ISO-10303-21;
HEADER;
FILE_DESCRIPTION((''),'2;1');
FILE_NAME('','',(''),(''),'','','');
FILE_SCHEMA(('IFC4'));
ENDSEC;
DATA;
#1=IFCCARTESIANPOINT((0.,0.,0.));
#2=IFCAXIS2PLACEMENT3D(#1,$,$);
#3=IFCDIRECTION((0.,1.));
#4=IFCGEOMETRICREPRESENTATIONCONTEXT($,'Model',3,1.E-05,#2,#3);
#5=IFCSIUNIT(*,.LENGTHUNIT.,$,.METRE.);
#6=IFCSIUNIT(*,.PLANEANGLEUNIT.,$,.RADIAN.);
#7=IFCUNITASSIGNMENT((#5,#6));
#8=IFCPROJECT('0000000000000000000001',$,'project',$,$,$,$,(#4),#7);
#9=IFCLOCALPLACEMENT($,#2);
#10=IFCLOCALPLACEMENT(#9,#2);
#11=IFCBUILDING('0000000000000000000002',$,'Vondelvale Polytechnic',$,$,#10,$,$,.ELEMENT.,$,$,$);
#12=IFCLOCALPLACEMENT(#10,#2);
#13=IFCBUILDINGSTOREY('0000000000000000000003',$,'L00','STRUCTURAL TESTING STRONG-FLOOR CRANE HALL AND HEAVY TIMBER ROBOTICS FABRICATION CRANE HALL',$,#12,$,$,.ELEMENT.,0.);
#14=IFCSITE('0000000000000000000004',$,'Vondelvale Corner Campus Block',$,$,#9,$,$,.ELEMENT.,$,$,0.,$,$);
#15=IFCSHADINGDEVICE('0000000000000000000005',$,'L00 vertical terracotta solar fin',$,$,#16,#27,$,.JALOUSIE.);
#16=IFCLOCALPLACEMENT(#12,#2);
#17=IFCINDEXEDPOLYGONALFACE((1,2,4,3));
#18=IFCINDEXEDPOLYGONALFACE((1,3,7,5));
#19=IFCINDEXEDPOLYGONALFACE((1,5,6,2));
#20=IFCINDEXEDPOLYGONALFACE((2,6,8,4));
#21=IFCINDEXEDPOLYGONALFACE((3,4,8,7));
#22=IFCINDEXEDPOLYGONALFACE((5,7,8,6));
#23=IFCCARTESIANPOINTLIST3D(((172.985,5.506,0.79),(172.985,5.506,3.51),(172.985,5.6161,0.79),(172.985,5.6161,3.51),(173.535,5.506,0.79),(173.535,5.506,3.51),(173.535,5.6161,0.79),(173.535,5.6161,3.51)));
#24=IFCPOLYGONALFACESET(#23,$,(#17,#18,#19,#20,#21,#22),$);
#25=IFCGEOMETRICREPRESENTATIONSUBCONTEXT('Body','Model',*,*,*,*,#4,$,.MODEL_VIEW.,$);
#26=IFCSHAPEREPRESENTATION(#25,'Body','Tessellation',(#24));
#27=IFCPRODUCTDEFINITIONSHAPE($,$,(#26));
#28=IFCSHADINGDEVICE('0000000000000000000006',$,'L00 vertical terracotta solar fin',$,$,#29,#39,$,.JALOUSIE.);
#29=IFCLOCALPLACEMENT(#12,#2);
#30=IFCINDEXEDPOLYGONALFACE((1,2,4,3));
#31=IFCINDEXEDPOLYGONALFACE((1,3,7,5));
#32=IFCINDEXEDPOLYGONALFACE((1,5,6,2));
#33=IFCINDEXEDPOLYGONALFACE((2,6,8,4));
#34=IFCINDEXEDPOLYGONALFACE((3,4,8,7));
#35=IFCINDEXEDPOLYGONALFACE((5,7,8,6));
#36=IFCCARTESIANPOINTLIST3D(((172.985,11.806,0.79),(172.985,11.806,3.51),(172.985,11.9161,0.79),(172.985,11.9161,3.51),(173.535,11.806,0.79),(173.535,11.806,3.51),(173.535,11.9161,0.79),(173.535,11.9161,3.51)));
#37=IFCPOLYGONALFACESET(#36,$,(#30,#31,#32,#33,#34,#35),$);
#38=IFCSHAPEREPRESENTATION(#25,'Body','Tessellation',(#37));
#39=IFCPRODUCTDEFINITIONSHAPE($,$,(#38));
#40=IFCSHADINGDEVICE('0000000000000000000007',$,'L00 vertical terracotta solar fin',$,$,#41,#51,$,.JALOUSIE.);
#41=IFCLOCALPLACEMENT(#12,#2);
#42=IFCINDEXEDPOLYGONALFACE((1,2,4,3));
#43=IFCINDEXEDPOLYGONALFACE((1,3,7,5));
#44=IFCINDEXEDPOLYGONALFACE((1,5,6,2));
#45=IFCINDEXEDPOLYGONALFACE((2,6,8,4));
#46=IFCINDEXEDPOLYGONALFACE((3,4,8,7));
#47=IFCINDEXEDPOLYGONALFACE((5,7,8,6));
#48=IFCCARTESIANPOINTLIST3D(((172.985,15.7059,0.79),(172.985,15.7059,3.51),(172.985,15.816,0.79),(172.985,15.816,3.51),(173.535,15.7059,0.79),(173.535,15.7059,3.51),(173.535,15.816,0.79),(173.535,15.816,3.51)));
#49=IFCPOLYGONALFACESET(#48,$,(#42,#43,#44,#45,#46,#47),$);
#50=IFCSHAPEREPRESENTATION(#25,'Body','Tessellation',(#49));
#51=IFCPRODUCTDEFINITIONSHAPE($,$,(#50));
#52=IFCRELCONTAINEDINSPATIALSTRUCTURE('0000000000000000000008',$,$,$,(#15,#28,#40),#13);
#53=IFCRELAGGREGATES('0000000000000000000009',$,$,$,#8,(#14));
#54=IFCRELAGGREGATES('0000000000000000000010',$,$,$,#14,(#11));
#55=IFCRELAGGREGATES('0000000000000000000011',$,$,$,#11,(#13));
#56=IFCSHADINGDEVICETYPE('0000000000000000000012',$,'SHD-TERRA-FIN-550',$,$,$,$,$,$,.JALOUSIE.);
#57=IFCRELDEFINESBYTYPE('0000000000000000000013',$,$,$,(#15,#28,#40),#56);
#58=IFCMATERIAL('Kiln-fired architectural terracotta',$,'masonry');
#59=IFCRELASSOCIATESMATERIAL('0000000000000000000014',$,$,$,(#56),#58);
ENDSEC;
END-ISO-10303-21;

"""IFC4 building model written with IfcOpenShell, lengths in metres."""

from ifc_helpers import new_model, si_unit, direction, frame, origin, origin_2d, place, context, subcontext, project, spatial, rectangle, extrude, material, type_object, element, save


model = new_model("IFC4")

# Units and contexts
model_context = context("Model", 3, precision=1e-05, world=origin(), true_north=direction((0.0, 1.0)))
body_context = subcontext(model_context, "Body", "Model", "MODEL_VIEW")
ifc_project = project(units=[si_unit("LENGTHUNIT", "METRE"), si_unit("PLANEANGLEUNIT", "RADIAN")], contexts=[model_context])

# Site, building, storey
site_placement = place(None, origin())
site = spatial("IfcSite", under=ifc_project, at=site_placement, Name="Vondelvale Corner Campus Block", CompositionType="ELEMENT", RefElevation=0.0)
building_placement = place(site_placement, origin())
building = spatial("IfcBuilding", under=site, at=building_placement, Name="Vondelvale Polytechnic", CompositionType="ELEMENT")
storey_placement = place(building_placement, origin())
storey = spatial("IfcBuildingStorey", under=building, at=storey_placement, Name="L00", Description="STRUCTURAL TESTING STRONG-FLOOR CRANE HALL AND HEAVY TIMBER ROBOTICS FABRICATION CRANE HALL", CompositionType="ELEMENT", Elevation=0.0)

# Shading devices
ifc_material_1 = material(Name="Kiln-fired architectural terracotta", Category="masonry")
shading_device_type = type_object("IfcShadingDeviceType", Name="SHD-TERRA-FIN-550", PredefinedType="JALOUSIE", material=ifc_material_1)
for number, where, z_axis, x_axis, name in (
    (1, (173.26, 5.561, 0.79), (0.0, 0.0, 1.0), (0.0, -1.0, 0.0), "L00 vertical terracotta solar fin"),
    (2, (173.26, 11.8611, 0.79), (0.0, 0.0, 1.0), (0.0, -1.0, 0.0), "L00 vertical terracotta solar fin"),
    (3, (173.26, 15.761, 0.79), (0.0, 0.0, 1.0), (0.0, -1.0, 0.0), "L00 vertical terracotta solar fin"),
):
    element("IfcShadingDevice", number, at=place(storey_placement, frame(where, z_axis=z_axis, x_axis=x_axis)), inside=storey, type_object=shading_device_type, Name=name, PredefinedType="JALOUSIE", context=body_context, shape_type="SweptSolid", body=[
        extrude(rectangle(XDim=0.1101, YDim=0.55, at=origin_2d()), origin(), (0.0, 0.0, 1.0), 2.72),
    ])

save(model, "model.ifc")
